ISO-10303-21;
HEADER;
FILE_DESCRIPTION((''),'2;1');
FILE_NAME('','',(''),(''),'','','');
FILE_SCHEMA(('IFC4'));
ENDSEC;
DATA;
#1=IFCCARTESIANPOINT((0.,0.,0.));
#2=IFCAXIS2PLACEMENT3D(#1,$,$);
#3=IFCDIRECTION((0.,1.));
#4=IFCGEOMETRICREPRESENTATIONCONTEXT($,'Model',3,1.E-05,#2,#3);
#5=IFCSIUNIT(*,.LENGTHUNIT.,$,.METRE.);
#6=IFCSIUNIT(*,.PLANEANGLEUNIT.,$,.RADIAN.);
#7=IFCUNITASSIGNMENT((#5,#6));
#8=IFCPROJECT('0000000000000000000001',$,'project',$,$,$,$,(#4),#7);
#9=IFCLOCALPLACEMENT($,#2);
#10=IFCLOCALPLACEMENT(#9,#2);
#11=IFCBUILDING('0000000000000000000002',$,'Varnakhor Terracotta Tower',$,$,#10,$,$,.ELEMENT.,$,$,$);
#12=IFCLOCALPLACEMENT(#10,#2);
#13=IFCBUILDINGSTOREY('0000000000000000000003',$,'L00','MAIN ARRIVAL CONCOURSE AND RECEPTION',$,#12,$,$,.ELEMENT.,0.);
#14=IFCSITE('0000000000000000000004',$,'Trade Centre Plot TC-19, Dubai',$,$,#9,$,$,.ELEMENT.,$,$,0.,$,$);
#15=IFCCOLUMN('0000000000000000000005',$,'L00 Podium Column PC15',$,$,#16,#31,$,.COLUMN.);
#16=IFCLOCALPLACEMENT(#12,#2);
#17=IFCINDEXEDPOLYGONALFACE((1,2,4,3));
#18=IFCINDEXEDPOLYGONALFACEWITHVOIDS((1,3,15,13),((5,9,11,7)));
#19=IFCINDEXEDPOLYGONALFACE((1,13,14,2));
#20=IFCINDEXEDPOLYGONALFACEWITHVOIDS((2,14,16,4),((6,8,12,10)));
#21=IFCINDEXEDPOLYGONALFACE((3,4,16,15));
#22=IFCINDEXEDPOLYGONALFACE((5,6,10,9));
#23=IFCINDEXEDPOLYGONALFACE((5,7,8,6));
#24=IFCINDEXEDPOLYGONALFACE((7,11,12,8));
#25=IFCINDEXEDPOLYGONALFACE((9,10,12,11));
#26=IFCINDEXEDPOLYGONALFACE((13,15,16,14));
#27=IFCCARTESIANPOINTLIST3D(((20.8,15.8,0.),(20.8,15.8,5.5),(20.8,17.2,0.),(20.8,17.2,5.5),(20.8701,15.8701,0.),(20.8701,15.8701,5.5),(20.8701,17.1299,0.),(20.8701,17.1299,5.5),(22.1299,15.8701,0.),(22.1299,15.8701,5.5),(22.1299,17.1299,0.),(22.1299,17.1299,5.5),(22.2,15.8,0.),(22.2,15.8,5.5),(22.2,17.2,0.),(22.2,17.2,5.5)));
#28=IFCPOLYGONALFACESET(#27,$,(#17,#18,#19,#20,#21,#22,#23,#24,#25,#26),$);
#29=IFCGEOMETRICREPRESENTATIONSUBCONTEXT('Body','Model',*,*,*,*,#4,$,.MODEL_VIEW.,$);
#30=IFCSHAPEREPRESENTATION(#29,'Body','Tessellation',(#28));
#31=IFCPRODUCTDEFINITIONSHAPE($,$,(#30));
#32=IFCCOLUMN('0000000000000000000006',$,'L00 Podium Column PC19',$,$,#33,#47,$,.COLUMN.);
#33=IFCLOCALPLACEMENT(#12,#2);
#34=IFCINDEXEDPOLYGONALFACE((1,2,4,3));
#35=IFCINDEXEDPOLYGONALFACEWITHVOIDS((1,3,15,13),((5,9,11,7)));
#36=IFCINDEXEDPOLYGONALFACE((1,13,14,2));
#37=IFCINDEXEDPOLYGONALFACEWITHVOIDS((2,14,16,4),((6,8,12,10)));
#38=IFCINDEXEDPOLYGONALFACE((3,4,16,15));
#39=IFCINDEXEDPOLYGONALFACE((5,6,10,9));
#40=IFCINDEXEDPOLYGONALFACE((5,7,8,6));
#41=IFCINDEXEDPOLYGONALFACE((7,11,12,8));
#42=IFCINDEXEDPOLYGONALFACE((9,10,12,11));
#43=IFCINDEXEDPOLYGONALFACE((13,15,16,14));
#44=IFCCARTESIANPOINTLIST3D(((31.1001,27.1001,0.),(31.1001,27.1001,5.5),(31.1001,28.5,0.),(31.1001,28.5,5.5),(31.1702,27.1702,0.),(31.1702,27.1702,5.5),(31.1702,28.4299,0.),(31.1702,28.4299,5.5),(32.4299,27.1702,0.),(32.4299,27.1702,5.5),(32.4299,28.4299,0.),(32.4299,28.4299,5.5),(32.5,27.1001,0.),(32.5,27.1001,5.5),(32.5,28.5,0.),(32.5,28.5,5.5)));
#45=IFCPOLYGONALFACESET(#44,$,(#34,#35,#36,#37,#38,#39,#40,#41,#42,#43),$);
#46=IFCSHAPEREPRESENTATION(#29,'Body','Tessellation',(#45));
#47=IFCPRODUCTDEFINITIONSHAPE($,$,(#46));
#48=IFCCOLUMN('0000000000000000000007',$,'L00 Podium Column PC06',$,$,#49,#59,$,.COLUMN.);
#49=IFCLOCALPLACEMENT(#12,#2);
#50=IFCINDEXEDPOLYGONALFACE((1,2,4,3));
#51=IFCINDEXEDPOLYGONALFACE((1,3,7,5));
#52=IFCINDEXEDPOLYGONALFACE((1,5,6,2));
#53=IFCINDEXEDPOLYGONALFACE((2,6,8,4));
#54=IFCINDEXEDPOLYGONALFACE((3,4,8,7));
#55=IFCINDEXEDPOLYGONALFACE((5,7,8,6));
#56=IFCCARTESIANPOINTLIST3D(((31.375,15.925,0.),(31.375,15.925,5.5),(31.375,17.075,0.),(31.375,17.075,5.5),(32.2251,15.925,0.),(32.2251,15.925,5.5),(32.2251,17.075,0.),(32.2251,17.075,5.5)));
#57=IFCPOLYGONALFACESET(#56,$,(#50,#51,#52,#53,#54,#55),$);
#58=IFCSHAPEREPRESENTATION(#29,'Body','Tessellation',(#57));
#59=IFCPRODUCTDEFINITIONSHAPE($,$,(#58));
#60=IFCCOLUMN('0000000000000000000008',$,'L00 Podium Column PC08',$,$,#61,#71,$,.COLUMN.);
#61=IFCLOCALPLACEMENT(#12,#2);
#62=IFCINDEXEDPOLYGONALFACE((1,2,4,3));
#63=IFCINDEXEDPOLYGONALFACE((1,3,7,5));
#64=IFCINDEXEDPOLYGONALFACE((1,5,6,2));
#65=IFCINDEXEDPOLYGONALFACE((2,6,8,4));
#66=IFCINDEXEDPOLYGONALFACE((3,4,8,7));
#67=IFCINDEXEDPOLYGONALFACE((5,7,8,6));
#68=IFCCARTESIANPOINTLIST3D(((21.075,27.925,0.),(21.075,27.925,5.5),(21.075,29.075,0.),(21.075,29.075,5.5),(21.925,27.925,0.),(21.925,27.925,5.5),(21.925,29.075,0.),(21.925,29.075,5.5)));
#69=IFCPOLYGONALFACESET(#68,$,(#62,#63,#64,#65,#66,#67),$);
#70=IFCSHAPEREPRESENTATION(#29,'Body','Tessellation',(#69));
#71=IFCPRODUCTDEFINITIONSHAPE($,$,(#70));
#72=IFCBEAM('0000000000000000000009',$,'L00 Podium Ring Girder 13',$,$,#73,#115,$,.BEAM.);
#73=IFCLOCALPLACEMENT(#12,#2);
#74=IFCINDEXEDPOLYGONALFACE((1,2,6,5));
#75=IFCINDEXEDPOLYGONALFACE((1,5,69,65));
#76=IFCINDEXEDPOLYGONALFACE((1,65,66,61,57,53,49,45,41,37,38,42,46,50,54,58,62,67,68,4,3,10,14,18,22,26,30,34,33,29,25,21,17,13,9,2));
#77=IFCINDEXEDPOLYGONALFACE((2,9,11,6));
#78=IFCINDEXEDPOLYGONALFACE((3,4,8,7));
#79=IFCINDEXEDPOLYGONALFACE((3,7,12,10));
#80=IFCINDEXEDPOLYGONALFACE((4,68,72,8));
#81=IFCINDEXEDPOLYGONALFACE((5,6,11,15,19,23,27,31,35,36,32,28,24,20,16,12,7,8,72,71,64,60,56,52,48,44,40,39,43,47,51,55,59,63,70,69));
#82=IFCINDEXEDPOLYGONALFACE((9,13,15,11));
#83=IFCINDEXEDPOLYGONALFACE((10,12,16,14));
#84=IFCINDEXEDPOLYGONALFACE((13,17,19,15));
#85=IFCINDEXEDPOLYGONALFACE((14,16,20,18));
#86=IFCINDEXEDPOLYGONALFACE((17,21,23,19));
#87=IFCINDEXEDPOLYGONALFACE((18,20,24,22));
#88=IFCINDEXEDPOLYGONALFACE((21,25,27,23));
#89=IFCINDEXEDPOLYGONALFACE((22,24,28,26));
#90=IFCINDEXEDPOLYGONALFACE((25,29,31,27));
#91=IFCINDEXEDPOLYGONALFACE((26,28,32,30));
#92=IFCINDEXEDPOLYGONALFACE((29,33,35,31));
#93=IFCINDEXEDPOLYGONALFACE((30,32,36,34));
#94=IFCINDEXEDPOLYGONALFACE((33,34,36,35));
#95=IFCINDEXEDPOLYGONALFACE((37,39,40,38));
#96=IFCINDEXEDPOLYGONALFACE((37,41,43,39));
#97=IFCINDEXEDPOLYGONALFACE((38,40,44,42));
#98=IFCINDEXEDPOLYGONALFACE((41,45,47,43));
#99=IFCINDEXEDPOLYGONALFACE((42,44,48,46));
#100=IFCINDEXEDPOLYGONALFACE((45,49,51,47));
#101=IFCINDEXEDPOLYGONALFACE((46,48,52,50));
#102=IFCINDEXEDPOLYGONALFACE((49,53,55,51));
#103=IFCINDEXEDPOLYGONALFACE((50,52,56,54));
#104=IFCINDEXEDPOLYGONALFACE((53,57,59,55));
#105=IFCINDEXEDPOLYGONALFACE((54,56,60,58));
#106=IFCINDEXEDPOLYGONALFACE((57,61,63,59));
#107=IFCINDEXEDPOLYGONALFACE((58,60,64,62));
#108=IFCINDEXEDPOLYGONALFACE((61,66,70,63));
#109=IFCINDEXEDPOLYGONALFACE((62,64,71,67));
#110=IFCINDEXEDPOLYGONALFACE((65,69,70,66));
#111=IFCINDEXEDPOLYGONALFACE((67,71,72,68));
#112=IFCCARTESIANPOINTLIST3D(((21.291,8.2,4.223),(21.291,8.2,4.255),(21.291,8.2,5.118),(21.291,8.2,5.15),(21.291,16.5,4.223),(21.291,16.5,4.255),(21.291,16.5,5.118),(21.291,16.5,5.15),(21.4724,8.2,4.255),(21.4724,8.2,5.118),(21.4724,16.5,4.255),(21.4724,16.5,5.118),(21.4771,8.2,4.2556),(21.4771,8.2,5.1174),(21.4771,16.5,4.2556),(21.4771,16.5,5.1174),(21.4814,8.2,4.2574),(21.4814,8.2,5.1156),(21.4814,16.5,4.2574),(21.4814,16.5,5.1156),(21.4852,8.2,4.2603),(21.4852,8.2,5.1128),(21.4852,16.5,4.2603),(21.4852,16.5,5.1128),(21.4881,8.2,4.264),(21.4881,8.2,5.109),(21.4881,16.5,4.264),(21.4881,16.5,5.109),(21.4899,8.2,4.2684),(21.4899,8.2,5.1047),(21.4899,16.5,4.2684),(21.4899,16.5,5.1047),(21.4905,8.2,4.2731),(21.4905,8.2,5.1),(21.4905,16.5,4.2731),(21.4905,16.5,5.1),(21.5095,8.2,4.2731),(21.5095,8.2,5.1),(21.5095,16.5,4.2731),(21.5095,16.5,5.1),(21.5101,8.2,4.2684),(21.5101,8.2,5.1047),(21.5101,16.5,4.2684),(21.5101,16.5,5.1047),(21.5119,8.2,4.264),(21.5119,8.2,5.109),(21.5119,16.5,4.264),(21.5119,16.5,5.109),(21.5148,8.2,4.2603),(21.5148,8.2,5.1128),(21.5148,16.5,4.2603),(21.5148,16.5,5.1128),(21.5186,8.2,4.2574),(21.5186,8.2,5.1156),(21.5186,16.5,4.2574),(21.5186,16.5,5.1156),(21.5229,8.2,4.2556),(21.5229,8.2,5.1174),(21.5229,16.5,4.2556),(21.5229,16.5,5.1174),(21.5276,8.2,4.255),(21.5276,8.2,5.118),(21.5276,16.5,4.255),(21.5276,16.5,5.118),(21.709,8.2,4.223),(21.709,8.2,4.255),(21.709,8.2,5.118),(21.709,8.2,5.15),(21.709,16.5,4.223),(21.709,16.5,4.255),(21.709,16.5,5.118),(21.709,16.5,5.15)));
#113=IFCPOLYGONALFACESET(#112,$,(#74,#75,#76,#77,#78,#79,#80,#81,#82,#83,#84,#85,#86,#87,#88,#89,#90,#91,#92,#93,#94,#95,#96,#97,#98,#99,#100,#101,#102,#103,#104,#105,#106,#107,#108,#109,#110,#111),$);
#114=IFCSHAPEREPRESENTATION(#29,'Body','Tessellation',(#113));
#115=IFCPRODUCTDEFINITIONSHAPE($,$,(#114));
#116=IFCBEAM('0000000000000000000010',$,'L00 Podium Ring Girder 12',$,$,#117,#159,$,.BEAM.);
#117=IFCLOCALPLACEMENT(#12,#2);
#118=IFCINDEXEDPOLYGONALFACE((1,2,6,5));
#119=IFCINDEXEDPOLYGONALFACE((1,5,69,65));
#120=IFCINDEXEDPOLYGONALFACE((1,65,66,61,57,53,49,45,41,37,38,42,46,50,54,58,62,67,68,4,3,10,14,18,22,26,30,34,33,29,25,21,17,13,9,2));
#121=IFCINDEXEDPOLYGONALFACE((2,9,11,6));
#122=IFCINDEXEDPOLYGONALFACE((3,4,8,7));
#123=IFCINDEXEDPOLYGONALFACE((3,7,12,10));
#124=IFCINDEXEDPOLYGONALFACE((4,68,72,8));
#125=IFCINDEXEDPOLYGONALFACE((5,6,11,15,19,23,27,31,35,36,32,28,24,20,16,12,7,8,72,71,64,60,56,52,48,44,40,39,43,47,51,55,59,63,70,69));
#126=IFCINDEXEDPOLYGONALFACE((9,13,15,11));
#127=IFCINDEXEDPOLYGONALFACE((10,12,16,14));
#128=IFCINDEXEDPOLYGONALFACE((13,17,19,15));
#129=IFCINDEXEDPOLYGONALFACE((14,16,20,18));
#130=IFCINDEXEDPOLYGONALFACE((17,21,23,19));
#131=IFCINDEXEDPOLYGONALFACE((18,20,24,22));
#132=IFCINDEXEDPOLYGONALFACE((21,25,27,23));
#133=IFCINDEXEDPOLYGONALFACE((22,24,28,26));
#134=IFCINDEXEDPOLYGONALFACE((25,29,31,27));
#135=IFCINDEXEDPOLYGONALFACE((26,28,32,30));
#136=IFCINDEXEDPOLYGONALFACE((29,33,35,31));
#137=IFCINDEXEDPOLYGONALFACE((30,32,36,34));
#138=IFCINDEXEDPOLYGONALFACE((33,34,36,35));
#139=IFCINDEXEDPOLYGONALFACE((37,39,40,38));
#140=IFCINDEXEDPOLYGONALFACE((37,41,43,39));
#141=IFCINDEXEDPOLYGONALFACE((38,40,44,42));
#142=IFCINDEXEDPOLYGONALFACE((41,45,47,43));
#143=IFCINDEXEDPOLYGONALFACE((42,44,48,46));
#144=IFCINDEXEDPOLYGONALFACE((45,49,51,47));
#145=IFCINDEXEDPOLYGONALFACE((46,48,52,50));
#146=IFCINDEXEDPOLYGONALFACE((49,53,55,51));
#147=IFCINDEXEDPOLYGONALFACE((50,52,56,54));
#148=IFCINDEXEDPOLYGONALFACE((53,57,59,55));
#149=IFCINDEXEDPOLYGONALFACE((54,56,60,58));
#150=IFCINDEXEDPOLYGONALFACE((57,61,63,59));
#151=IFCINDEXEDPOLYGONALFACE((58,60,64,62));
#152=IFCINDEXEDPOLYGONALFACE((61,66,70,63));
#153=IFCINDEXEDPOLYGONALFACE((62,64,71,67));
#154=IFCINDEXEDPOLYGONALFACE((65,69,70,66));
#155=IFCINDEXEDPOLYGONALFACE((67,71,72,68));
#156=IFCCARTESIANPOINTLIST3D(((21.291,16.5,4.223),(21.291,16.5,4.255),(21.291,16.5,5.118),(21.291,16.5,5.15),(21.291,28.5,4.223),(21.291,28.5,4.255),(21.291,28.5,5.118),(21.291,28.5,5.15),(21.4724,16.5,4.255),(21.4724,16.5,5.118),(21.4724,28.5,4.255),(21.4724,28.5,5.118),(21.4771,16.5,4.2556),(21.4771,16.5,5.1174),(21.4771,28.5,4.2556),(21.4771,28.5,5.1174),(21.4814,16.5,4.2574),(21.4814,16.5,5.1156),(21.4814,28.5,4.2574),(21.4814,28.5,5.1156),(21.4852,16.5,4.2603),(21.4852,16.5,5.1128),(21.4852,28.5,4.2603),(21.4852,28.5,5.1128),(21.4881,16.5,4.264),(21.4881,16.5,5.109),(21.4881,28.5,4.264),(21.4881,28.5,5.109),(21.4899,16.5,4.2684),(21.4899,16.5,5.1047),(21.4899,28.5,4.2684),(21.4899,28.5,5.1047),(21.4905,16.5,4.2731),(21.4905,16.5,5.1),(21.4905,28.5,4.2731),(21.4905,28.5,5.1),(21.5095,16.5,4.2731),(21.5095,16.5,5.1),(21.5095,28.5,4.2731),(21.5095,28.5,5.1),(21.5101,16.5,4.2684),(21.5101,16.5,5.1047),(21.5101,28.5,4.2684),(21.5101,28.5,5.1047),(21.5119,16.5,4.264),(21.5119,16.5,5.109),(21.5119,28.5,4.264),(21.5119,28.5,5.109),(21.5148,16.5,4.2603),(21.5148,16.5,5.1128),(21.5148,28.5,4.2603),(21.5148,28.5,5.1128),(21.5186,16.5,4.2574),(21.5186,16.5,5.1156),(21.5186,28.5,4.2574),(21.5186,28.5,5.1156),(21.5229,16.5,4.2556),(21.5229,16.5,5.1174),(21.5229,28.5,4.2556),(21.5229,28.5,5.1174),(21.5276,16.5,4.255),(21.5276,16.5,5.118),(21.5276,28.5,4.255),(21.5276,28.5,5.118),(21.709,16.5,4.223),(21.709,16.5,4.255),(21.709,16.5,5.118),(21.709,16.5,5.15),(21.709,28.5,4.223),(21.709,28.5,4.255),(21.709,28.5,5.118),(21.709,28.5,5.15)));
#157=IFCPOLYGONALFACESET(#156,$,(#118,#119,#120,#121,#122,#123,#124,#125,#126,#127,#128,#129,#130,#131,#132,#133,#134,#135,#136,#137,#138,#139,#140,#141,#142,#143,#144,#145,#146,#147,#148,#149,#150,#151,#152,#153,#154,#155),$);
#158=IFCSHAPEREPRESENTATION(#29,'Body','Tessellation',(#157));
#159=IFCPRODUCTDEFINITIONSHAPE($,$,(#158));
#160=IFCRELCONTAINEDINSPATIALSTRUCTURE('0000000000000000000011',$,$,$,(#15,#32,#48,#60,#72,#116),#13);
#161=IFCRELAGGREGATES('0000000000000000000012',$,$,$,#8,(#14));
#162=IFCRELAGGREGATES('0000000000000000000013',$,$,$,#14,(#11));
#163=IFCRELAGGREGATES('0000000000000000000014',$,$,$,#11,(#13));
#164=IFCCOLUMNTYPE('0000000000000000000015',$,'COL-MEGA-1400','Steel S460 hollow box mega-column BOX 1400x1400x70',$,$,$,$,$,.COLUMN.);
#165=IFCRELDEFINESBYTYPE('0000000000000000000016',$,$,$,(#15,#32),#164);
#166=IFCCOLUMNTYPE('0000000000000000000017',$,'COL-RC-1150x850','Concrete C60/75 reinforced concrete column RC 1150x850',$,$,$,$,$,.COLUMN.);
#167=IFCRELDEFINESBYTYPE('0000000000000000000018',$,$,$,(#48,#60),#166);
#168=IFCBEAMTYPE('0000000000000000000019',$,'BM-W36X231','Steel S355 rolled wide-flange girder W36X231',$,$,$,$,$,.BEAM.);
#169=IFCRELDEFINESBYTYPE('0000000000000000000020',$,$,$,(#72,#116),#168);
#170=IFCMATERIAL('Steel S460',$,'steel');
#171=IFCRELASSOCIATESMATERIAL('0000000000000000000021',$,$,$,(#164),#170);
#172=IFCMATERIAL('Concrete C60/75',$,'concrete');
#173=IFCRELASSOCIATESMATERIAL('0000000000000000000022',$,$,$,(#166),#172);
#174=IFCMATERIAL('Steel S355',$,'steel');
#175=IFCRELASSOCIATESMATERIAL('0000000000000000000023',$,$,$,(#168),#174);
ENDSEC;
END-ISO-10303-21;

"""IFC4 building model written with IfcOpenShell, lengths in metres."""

from ifc_helpers import new_model, si_unit, direction, frame, origin, origin_2d, place, context, subcontext, project, spatial, rectangle, hollow_rectangle, i_section, extrude, source, transform, mapped, material, material_profile, profile_set, type_object, element, save


model = new_model("IFC4")

# Units and contexts
model_context = context("Model", 3, precision=1e-05, world=origin(), true_north=direction((0.0, 1.0)))
body_context = subcontext(model_context, "Body", "Model", "MODEL_VIEW")
ifc_project = project(units=[si_unit("LENGTHUNIT", "METRE"), si_unit("PLANEANGLEUNIT", "RADIAN")], contexts=[model_context])

# Site, building, storey
site_placement = place(None, origin())
site = spatial("IfcSite", under=ifc_project, at=site_placement, Name="Trade Centre Plot TC-19, Dubai", CompositionType="ELEMENT", RefElevation=0.0)
building_placement = place(site_placement, origin())
building = spatial("IfcBuilding", under=site, at=building_placement, Name="Varnakhor Terracotta Tower", CompositionType="ELEMENT")
storey_placement = place(building_placement, origin())
storey = spatial("IfcBuildingStorey", under=building, at=storey_placement, Name="L00", Description="MAIN ARRIVAL CONCOURSE AND RECEPTION", CompositionType="ELEMENT", Elevation=0.0)

# Columns
ifc_material_1 = material(Name="Steel S460", Category="steel")
ifc_material_profile_1 = material_profile(ifc_material_1, hollow_rectangle(XDim=1.3999, YDim=1.3999, WallThickness=0.0701, at=origin_2d()), Name="BOX 1400x1400x70")
ifc_profile_set_1 = profile_set([ifc_material_profile_1], Name="Steel S460")
column_type_1 = type_object("IfcColumnType", Name="COL-MEGA-1400", Description="Steel S460 hollow box mega-column BOX 1400x1400x70", PredefinedType="COLUMN", material=ifc_profile_set_1)
shared_shape_1 = source(origin(), body_context, "Body", "SweptSolid", [
    extrude(hollow_rectangle(XDim=1.3999, YDim=1.3999, WallThickness=0.0701, at=origin_2d()), origin(), (0.0, 0.0, 1.0), 5.5),
])
for number, where, z_axis, x_axis, name in (
    (1, (21.5, 16.5, 0.0), (0.0, 0.0, 1.0), (1.0, 0.0, 0.0), "L00 Podium Column PC15"),
    (2, (31.8, 27.8, 0.0), (0.0, 0.0, 1.0), (1.0, 0.0, 0.0), "L00 Podium Column PC19"),
):
    element("IfcColumn", number, at=place(storey_placement, frame(where, z_axis=z_axis, x_axis=x_axis)), inside=storey, type_object=column_type_1, Name=name, PredefinedType="COLUMN", context=body_context, shape_type="MappedRepresentation", body=[
        mapped(shared_shape_1, transform((0.0, 0.0, 0.0), scale=1.0)),
    ])
ifc_material_2 = material(Name="Concrete C60/75", Category="concrete")
ifc_material_profile_2 = material_profile(ifc_material_2, rectangle(XDim=0.8501, YDim=1.1499, at=origin_2d()), Name="RC 1150x850")
ifc_profile_set_2 = profile_set([ifc_material_profile_2], Name="Concrete C60/75")
column_type_2 = type_object("IfcColumnType", Name="COL-RC-1150x850", Description="Concrete C60/75 reinforced concrete column RC 1150x850", PredefinedType="COLUMN", material=ifc_profile_set_2)
shared_shape_2 = source(origin(), body_context, "Body", "SweptSolid", [
    extrude(rectangle(XDim=0.8501, YDim=1.1499, at=origin_2d()), origin(), (0.0, 0.0, 1.0), 5.5),
])
for number, where, z_axis, x_axis, name in (
    (3, (31.8, 16.5, 0.0), (0.0, 0.0, 1.0), (1.0, 0.0, 0.0), "L00 Podium Column PC06"),
    (4, (21.5, 28.5, 0.0), (0.0, 0.0, 1.0), (1.0, 0.0, 0.0), "L00 Podium Column PC08"),
):
    element("IfcColumn", number, at=place(storey_placement, frame(where, z_axis=z_axis, x_axis=x_axis)), inside=storey, type_object=column_type_2, Name=name, PredefinedType="COLUMN", context=body_context, shape_type="MappedRepresentation", body=[
        mapped(shared_shape_2, transform((0.0, 0.0, 0.0), scale=1.0)),
    ])

# Beams
ifc_material_3 = material(Name="Steel S355", Category="steel")
ifc_material_profile_3 = material_profile(ifc_material_3, i_section(OverallWidth=0.418, OverallDepth=0.927, WebThickness=0.019, FlangeThickness=0.032, FilletRadius=0.0181, at=origin_2d()), Name="W36X231")
ifc_profile_set_3 = profile_set([ifc_material_profile_3], Name="Steel S355")
beam_type_1 = type_object("IfcBeamType", Name="BM-W36X231", Description="Steel S355 rolled wide-flange girder W36X231", PredefinedType="BEAM", material=ifc_profile_set_3)
shared_shape_3 = source(origin(), body_context, "Body", "SweptSolid", [
    extrude(i_section(OverallWidth=0.418, OverallDepth=0.927, WebThickness=0.019, FlangeThickness=0.032, FilletRadius=0.0181, at=origin_2d()), origin(), (0.0, 0.0, 1.0), 8.3),
])
beam_1_placement = place(storey_placement, frame((21.5, 16.5, 4.6865), z_axis=(0.0, -1.0, 0.0), x_axis=(1.0, 0.0, 0.0)))
element("IfcBeam", 5, at=beam_1_placement, inside=storey, type_object=beam_type_1, Name="L00 Podium Ring Girder 13", PredefinedType="BEAM", context=body_context, shape_type="MappedRepresentation", body=[
    mapped(shared_shape_3, transform((0.0, 0.0, 0.0), scale=1.0)),
])
shared_shape_4 = source(origin(), body_context, "Body", "SweptSolid", [
    extrude(i_section(OverallWidth=0.418, OverallDepth=0.927, WebThickness=0.019, FlangeThickness=0.032, FilletRadius=0.0181, at=origin_2d()), origin(), (0.0, 0.0, 1.0), 12.0),
])
beam_2_placement = place(storey_placement, frame((21.5, 28.5, 4.6865), z_axis=(0.0, -1.0, 0.0), x_axis=(1.0, 0.0, 0.0)))
element("IfcBeam", 6, at=beam_2_placement, inside=storey, type_object=beam_type_1, Name="L00 Podium Ring Girder 12", PredefinedType="BEAM", context=body_context, shape_type="MappedRepresentation", body=[
    mapped(shared_shape_4, transform((0.0, 0.0, 0.0), scale=1.0)),
])

save(model, "model.ifc")
